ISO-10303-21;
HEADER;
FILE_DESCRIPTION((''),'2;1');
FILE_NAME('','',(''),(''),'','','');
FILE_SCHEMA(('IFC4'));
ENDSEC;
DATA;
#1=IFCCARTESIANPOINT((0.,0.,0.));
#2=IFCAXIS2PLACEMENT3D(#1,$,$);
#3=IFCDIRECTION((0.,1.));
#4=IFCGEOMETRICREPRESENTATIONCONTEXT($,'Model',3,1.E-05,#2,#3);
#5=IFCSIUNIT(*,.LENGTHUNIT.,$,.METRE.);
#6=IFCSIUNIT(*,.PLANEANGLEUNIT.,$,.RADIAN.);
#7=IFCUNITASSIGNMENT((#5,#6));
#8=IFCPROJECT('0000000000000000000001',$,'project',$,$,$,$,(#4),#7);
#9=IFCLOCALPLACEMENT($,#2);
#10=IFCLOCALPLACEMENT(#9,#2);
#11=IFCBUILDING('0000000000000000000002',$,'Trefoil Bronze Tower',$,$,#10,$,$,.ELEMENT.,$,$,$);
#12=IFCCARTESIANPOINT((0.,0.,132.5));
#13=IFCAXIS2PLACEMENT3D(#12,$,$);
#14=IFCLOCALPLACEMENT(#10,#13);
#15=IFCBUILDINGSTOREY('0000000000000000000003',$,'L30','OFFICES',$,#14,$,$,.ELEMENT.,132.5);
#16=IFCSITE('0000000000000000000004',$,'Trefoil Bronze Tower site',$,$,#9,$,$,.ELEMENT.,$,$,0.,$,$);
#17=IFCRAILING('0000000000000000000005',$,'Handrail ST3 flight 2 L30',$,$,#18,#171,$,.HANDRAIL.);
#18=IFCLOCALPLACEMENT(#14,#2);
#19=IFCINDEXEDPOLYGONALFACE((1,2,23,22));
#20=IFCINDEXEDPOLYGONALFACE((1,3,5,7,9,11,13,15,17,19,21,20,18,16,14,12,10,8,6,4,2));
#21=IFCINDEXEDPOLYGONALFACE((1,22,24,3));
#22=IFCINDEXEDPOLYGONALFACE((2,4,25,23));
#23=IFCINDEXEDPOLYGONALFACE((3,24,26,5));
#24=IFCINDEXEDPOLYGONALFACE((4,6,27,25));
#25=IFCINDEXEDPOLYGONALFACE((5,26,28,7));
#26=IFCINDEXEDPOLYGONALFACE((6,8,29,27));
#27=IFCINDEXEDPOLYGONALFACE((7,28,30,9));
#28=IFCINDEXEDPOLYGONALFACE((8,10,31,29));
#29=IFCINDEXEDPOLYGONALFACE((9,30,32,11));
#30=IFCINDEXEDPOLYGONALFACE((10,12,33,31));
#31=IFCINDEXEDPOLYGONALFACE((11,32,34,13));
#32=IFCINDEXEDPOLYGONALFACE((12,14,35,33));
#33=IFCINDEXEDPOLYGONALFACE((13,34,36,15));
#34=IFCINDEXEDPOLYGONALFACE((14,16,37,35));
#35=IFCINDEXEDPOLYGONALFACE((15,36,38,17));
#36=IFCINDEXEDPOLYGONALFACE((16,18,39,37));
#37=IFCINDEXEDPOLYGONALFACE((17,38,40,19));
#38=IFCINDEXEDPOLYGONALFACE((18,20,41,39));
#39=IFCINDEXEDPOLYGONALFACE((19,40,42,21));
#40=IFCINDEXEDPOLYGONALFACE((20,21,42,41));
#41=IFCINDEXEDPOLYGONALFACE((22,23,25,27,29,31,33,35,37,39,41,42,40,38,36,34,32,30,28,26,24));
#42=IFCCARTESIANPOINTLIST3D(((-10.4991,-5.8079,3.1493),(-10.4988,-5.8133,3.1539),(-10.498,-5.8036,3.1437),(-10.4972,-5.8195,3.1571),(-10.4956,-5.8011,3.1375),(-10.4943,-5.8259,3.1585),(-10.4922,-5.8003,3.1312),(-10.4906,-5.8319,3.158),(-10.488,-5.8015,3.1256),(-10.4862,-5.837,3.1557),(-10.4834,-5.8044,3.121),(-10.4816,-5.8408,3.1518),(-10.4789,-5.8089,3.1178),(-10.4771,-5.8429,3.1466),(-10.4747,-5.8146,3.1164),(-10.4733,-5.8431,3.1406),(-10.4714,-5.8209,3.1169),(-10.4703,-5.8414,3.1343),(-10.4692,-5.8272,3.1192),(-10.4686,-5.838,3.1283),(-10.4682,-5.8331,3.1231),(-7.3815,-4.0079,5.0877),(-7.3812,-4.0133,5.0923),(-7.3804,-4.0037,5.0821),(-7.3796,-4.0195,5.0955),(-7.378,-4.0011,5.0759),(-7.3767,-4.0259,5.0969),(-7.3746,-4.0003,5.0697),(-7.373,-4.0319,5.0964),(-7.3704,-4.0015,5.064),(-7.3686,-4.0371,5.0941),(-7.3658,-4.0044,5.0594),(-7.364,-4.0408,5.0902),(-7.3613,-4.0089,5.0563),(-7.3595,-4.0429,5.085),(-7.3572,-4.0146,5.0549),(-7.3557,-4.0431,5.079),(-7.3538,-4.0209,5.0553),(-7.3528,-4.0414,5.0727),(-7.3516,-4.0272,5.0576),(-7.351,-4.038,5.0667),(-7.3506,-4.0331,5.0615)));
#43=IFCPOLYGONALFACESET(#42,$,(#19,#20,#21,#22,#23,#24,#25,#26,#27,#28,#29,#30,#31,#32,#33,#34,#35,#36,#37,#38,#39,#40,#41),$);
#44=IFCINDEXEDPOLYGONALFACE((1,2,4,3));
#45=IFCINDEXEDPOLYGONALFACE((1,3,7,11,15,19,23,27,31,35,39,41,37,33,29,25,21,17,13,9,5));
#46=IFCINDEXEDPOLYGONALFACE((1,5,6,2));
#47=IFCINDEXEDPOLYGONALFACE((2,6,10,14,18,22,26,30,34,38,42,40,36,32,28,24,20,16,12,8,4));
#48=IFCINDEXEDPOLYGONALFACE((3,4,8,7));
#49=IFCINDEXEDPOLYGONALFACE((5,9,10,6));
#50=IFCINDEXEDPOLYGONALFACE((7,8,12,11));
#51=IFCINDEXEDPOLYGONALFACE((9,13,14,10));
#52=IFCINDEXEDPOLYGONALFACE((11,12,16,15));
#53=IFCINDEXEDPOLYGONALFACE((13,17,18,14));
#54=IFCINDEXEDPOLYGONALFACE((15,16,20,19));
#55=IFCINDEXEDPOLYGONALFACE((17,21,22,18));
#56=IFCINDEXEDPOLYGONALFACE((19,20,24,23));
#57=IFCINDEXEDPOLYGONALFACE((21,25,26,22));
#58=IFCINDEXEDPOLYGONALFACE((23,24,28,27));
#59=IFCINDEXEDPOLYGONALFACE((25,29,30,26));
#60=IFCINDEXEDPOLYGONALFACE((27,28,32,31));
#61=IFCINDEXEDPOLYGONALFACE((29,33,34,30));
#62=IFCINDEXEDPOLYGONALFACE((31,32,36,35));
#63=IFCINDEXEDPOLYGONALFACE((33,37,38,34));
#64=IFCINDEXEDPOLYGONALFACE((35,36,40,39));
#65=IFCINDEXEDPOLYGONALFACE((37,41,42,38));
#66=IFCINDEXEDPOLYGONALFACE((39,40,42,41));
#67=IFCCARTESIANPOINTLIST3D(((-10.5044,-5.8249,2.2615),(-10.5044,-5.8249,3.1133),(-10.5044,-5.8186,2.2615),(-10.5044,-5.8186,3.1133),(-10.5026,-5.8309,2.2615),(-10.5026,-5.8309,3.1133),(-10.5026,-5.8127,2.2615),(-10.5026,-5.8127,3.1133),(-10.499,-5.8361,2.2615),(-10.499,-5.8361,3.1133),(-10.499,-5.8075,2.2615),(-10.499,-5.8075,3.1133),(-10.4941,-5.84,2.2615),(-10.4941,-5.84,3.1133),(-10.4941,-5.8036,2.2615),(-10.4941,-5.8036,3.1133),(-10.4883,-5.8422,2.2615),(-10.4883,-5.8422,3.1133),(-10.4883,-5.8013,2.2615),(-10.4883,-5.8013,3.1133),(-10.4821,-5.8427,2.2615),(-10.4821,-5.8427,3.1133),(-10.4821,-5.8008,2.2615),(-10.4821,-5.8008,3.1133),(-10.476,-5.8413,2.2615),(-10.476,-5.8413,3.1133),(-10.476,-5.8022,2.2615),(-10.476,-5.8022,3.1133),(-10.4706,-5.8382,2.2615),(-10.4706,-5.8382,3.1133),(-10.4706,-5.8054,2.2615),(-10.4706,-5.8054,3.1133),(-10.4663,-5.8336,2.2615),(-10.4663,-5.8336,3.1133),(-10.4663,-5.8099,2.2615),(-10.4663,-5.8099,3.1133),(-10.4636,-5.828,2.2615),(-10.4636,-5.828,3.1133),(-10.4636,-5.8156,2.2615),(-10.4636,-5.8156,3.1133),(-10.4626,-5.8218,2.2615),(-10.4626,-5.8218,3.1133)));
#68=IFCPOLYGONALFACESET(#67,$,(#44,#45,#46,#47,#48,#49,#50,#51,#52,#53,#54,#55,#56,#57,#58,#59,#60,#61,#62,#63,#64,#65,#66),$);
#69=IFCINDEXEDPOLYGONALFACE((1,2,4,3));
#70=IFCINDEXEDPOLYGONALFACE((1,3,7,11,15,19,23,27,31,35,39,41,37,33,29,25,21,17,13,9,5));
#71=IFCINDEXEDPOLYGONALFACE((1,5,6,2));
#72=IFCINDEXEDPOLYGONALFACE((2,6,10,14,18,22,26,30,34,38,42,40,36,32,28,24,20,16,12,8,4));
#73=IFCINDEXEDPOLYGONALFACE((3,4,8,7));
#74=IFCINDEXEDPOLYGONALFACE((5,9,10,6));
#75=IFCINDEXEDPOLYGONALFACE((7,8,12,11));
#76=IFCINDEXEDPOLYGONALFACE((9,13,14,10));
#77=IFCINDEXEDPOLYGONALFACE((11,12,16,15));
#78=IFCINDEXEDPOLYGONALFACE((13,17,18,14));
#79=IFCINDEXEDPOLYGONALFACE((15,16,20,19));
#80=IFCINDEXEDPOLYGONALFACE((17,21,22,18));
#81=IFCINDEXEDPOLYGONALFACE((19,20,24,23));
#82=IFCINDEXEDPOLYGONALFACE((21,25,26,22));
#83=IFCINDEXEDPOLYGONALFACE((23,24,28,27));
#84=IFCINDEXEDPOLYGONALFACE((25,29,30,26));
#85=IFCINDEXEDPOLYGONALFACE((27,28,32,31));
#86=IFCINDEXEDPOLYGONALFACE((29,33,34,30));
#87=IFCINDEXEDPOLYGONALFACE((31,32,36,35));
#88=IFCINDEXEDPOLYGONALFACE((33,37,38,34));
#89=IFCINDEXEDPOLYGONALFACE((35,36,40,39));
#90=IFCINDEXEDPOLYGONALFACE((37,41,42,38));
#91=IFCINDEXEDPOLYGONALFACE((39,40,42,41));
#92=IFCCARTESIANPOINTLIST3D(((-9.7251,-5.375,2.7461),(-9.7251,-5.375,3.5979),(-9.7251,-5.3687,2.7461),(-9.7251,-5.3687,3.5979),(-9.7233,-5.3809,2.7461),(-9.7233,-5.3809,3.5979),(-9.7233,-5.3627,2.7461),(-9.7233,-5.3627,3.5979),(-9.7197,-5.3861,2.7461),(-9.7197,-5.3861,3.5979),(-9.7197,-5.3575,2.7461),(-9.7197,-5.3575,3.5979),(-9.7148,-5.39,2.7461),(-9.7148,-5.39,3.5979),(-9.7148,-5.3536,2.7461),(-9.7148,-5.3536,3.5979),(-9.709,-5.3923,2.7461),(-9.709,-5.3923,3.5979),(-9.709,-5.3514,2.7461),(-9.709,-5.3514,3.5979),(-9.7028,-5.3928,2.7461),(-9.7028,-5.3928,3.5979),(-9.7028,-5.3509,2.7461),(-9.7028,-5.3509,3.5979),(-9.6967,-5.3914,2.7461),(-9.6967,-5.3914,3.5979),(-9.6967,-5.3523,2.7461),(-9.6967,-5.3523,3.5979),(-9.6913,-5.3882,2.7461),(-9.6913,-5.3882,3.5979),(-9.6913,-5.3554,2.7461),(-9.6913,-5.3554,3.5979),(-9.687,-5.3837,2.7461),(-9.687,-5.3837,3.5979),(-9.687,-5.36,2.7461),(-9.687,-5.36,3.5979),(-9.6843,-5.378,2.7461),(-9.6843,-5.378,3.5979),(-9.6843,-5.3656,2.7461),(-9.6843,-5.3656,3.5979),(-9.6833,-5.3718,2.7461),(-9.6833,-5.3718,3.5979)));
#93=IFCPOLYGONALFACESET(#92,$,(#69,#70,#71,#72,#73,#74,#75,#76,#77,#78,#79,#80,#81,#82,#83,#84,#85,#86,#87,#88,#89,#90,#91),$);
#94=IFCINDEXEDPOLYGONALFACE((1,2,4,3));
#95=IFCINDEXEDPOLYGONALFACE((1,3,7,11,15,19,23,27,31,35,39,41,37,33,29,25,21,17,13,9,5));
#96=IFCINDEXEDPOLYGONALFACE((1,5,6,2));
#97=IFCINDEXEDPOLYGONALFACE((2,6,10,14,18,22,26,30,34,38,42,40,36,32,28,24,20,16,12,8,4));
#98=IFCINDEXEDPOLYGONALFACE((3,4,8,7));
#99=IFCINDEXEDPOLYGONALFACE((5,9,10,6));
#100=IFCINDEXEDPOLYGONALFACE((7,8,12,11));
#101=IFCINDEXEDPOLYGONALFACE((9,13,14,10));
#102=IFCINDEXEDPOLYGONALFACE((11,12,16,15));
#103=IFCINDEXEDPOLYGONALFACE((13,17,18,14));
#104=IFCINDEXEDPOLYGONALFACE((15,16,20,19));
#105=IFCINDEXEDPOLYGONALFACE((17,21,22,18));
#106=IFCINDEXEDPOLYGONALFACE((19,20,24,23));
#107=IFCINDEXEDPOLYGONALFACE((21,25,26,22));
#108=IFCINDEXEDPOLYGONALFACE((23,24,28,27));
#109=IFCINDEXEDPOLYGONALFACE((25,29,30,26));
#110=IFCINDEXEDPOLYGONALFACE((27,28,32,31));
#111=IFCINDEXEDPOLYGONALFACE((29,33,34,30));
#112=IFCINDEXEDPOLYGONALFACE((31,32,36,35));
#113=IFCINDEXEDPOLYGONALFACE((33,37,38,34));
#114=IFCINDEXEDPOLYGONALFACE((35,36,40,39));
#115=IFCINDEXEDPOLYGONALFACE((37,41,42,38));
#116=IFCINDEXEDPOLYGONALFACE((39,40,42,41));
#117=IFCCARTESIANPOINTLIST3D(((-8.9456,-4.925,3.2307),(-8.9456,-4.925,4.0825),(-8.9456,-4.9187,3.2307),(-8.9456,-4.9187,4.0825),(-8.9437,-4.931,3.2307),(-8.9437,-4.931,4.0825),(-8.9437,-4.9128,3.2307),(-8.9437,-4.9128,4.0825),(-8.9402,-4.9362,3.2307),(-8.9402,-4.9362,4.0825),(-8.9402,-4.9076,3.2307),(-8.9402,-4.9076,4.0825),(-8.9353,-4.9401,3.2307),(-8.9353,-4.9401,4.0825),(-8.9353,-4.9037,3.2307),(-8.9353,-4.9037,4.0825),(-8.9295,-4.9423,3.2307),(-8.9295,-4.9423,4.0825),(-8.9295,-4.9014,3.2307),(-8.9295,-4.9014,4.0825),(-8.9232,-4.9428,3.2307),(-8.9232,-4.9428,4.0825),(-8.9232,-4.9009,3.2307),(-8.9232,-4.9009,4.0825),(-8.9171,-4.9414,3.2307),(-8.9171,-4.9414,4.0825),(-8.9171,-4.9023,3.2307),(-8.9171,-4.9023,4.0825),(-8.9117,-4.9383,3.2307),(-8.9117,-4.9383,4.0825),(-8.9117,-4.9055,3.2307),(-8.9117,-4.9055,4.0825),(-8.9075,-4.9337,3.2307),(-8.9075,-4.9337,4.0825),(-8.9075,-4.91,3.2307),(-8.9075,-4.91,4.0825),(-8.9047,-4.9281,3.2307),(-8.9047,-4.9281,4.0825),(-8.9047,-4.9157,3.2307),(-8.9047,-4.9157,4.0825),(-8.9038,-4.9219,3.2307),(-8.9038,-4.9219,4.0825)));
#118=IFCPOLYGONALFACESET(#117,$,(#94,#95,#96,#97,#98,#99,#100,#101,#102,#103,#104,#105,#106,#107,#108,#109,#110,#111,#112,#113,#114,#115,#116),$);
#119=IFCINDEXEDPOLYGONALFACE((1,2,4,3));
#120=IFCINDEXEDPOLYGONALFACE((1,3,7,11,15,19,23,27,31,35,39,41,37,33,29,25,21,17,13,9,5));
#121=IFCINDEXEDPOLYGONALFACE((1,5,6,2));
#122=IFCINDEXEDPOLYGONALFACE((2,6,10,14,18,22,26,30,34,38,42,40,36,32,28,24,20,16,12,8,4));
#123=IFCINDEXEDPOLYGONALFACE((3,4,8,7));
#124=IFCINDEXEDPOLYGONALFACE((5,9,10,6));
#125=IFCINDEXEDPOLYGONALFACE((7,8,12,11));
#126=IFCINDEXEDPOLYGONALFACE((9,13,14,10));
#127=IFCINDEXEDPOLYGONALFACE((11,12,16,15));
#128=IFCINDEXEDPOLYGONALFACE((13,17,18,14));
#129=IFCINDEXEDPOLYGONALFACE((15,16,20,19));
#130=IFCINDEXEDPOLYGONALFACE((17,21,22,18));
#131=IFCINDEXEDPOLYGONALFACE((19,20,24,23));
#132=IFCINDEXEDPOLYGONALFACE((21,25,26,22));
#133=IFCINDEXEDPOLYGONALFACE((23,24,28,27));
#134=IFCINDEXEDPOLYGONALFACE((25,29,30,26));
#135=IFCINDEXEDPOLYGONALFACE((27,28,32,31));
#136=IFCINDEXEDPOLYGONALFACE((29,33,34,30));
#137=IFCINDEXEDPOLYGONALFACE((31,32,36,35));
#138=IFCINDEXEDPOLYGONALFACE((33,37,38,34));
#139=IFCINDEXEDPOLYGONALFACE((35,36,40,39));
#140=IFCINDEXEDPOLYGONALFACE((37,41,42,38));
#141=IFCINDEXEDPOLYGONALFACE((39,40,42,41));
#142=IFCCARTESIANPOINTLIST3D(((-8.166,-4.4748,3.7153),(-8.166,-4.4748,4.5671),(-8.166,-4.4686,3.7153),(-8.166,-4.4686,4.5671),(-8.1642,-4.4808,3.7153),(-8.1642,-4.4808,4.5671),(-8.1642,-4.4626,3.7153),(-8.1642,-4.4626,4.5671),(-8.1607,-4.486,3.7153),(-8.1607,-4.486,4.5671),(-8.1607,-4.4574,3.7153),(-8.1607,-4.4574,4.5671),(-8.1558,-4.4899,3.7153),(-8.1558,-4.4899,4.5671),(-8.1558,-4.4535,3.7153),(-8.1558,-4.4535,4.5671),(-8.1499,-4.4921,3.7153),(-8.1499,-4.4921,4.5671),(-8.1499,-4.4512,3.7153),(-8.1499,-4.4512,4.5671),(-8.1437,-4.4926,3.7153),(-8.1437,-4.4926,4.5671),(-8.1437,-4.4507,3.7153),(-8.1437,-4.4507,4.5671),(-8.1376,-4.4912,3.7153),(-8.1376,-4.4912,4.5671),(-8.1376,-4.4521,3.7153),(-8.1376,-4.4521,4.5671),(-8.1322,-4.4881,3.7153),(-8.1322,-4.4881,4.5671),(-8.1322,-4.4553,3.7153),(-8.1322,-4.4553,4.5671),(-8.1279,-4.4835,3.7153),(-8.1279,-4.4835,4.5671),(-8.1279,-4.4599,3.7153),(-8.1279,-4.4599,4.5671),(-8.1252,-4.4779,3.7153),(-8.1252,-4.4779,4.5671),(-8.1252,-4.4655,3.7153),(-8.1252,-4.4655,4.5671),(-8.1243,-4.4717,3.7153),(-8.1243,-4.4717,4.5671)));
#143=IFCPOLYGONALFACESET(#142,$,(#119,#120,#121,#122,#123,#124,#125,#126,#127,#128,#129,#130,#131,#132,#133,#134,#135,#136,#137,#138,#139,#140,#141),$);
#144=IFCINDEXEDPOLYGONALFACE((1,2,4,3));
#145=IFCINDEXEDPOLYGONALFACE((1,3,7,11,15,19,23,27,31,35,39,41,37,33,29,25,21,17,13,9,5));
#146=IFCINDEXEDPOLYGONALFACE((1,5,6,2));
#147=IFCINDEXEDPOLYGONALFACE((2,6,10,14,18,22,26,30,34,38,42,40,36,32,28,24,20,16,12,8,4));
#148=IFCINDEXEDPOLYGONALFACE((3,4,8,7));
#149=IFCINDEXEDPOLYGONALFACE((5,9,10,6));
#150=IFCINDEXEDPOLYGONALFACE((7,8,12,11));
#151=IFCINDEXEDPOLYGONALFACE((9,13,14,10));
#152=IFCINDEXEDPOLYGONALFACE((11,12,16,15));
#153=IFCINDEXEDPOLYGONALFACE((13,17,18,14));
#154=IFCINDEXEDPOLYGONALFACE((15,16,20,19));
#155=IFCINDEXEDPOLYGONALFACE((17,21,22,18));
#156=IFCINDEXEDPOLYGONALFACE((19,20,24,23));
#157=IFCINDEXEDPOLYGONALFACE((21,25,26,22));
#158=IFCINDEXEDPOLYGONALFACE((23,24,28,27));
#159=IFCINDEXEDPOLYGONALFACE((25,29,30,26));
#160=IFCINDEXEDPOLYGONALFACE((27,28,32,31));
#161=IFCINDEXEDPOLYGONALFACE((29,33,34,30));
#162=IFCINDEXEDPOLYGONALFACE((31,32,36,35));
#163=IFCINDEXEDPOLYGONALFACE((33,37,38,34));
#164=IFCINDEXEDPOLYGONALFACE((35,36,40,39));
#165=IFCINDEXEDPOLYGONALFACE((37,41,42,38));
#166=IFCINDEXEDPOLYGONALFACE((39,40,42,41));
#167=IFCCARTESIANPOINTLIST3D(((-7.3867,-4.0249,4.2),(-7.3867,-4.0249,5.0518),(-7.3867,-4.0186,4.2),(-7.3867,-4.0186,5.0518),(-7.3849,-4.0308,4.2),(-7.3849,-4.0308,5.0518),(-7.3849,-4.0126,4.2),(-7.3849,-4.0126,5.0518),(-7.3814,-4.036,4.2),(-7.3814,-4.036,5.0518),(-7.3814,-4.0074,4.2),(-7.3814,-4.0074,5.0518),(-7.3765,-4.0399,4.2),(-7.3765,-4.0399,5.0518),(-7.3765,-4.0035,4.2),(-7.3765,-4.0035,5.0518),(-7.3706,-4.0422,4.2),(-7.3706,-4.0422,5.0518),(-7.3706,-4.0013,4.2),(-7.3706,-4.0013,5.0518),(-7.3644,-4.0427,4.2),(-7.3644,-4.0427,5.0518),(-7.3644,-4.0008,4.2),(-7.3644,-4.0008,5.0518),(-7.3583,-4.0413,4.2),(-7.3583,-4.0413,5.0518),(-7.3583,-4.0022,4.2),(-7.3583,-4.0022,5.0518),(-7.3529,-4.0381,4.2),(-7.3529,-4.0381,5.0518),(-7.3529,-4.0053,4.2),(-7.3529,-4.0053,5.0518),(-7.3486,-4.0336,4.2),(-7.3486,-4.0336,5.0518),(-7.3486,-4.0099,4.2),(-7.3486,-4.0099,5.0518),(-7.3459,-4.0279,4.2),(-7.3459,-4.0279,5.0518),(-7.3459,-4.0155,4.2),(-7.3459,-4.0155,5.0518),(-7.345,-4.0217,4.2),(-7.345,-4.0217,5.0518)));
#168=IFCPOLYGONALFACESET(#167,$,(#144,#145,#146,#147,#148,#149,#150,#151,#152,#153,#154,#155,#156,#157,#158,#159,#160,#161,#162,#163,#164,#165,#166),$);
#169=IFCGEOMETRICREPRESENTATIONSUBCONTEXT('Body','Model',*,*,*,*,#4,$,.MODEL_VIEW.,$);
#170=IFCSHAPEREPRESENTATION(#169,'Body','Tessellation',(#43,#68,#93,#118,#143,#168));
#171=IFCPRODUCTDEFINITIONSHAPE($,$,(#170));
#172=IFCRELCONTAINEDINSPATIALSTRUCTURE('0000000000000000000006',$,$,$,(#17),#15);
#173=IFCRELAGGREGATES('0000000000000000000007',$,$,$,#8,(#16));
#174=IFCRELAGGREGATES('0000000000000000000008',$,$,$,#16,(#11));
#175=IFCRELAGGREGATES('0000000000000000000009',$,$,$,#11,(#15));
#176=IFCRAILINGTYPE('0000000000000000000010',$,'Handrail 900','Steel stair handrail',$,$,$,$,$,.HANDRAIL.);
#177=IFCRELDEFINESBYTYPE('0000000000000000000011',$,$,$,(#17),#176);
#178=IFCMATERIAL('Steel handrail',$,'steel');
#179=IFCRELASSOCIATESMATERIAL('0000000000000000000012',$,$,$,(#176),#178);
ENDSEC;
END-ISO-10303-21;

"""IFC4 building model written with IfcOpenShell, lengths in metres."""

from ifc_helpers import new_model, si_unit, direction, frame, origin, origin_2d, place, context, subcontext, project, spatial, circle, extrude, material, type_object, element, save


model = new_model("IFC4")

# Units and contexts
model_context = context("Model", 3, precision=1e-05, world=origin(), true_north=direction((0.0, 1.0)))
body_context = subcontext(model_context, "Body", "Model", "MODEL_VIEW")
ifc_project = project(units=[si_unit("LENGTHUNIT", "METRE"), si_unit("PLANEANGLEUNIT", "RADIAN")], contexts=[model_context])

# Site, building, storey
site_placement = place(None, origin())
site = spatial("IfcSite", under=ifc_project, at=site_placement, Name="Trefoil Bronze Tower site", CompositionType="ELEMENT", RefElevation=0.0)
building_placement = place(site_placement, origin())
building = spatial("IfcBuilding", under=site, at=building_placement, Name="Trefoil Bronze Tower", CompositionType="ELEMENT")
storey_placement = place(building_placement, frame((0.0, 0.0, 132.5)))
storey = spatial("IfcBuildingStorey", under=building, at=storey_placement, Name="L30", Description="OFFICES", CompositionType="ELEMENT", Elevation=132.5)

# Railing
ifc_material_1 = material(Name="Steel handrail", Category="steel")
railing_type = type_object("IfcRailingType", Name="Handrail 900", Description="Steel stair handrail", PredefinedType="HANDRAIL", material=ifc_material_1)
railing_1_placement = place(storey_placement, frame((-10.4836, -5.8218, 2.2615)))
element("IfcRailing", 1, at=railing_1_placement, inside=storey, type_object=railing_type, Name="Handrail ST3 flight 2 L30", PredefinedType="HANDRAIL", context=body_context, shape_type="SweptSolid", body=[
    extrude(circle(Radius=0.0239, at=origin_2d()), frame((0.0, 0.0, 0.876), z_axis=(0.762503, 0.440246, 0.474102), x_axis=(-0.500012, 0.866018, 0.0)), (0.0, 0.0, 1.0), 4.0886),
    extrude(circle(Radius=0.021, at=origin_2d()), origin(), (0.0, 0.0, 1.0), 0.8518),
    extrude(circle(Radius=0.021, at=origin_2d()), frame((0.7793, 0.45, 0.4846)), (0.0, 0.0, 1.0), 0.8518),
    extrude(circle(Radius=0.021, at=origin_2d()), frame((1.5588, 0.8999, 0.9692)), (0.0, 0.0, 1.0), 0.8518),
    extrude(circle(Radius=0.021, at=origin_2d()), frame((2.3384, 1.3501, 1.4539)), (0.0, 0.0, 1.0), 0.8518),
    extrude(circle(Radius=0.021, at=origin_2d()), frame((3.1177, 1.8, 1.9385)), (0.0, 0.0, 1.0), 0.8518),
])

save(model, "model.ifc")
